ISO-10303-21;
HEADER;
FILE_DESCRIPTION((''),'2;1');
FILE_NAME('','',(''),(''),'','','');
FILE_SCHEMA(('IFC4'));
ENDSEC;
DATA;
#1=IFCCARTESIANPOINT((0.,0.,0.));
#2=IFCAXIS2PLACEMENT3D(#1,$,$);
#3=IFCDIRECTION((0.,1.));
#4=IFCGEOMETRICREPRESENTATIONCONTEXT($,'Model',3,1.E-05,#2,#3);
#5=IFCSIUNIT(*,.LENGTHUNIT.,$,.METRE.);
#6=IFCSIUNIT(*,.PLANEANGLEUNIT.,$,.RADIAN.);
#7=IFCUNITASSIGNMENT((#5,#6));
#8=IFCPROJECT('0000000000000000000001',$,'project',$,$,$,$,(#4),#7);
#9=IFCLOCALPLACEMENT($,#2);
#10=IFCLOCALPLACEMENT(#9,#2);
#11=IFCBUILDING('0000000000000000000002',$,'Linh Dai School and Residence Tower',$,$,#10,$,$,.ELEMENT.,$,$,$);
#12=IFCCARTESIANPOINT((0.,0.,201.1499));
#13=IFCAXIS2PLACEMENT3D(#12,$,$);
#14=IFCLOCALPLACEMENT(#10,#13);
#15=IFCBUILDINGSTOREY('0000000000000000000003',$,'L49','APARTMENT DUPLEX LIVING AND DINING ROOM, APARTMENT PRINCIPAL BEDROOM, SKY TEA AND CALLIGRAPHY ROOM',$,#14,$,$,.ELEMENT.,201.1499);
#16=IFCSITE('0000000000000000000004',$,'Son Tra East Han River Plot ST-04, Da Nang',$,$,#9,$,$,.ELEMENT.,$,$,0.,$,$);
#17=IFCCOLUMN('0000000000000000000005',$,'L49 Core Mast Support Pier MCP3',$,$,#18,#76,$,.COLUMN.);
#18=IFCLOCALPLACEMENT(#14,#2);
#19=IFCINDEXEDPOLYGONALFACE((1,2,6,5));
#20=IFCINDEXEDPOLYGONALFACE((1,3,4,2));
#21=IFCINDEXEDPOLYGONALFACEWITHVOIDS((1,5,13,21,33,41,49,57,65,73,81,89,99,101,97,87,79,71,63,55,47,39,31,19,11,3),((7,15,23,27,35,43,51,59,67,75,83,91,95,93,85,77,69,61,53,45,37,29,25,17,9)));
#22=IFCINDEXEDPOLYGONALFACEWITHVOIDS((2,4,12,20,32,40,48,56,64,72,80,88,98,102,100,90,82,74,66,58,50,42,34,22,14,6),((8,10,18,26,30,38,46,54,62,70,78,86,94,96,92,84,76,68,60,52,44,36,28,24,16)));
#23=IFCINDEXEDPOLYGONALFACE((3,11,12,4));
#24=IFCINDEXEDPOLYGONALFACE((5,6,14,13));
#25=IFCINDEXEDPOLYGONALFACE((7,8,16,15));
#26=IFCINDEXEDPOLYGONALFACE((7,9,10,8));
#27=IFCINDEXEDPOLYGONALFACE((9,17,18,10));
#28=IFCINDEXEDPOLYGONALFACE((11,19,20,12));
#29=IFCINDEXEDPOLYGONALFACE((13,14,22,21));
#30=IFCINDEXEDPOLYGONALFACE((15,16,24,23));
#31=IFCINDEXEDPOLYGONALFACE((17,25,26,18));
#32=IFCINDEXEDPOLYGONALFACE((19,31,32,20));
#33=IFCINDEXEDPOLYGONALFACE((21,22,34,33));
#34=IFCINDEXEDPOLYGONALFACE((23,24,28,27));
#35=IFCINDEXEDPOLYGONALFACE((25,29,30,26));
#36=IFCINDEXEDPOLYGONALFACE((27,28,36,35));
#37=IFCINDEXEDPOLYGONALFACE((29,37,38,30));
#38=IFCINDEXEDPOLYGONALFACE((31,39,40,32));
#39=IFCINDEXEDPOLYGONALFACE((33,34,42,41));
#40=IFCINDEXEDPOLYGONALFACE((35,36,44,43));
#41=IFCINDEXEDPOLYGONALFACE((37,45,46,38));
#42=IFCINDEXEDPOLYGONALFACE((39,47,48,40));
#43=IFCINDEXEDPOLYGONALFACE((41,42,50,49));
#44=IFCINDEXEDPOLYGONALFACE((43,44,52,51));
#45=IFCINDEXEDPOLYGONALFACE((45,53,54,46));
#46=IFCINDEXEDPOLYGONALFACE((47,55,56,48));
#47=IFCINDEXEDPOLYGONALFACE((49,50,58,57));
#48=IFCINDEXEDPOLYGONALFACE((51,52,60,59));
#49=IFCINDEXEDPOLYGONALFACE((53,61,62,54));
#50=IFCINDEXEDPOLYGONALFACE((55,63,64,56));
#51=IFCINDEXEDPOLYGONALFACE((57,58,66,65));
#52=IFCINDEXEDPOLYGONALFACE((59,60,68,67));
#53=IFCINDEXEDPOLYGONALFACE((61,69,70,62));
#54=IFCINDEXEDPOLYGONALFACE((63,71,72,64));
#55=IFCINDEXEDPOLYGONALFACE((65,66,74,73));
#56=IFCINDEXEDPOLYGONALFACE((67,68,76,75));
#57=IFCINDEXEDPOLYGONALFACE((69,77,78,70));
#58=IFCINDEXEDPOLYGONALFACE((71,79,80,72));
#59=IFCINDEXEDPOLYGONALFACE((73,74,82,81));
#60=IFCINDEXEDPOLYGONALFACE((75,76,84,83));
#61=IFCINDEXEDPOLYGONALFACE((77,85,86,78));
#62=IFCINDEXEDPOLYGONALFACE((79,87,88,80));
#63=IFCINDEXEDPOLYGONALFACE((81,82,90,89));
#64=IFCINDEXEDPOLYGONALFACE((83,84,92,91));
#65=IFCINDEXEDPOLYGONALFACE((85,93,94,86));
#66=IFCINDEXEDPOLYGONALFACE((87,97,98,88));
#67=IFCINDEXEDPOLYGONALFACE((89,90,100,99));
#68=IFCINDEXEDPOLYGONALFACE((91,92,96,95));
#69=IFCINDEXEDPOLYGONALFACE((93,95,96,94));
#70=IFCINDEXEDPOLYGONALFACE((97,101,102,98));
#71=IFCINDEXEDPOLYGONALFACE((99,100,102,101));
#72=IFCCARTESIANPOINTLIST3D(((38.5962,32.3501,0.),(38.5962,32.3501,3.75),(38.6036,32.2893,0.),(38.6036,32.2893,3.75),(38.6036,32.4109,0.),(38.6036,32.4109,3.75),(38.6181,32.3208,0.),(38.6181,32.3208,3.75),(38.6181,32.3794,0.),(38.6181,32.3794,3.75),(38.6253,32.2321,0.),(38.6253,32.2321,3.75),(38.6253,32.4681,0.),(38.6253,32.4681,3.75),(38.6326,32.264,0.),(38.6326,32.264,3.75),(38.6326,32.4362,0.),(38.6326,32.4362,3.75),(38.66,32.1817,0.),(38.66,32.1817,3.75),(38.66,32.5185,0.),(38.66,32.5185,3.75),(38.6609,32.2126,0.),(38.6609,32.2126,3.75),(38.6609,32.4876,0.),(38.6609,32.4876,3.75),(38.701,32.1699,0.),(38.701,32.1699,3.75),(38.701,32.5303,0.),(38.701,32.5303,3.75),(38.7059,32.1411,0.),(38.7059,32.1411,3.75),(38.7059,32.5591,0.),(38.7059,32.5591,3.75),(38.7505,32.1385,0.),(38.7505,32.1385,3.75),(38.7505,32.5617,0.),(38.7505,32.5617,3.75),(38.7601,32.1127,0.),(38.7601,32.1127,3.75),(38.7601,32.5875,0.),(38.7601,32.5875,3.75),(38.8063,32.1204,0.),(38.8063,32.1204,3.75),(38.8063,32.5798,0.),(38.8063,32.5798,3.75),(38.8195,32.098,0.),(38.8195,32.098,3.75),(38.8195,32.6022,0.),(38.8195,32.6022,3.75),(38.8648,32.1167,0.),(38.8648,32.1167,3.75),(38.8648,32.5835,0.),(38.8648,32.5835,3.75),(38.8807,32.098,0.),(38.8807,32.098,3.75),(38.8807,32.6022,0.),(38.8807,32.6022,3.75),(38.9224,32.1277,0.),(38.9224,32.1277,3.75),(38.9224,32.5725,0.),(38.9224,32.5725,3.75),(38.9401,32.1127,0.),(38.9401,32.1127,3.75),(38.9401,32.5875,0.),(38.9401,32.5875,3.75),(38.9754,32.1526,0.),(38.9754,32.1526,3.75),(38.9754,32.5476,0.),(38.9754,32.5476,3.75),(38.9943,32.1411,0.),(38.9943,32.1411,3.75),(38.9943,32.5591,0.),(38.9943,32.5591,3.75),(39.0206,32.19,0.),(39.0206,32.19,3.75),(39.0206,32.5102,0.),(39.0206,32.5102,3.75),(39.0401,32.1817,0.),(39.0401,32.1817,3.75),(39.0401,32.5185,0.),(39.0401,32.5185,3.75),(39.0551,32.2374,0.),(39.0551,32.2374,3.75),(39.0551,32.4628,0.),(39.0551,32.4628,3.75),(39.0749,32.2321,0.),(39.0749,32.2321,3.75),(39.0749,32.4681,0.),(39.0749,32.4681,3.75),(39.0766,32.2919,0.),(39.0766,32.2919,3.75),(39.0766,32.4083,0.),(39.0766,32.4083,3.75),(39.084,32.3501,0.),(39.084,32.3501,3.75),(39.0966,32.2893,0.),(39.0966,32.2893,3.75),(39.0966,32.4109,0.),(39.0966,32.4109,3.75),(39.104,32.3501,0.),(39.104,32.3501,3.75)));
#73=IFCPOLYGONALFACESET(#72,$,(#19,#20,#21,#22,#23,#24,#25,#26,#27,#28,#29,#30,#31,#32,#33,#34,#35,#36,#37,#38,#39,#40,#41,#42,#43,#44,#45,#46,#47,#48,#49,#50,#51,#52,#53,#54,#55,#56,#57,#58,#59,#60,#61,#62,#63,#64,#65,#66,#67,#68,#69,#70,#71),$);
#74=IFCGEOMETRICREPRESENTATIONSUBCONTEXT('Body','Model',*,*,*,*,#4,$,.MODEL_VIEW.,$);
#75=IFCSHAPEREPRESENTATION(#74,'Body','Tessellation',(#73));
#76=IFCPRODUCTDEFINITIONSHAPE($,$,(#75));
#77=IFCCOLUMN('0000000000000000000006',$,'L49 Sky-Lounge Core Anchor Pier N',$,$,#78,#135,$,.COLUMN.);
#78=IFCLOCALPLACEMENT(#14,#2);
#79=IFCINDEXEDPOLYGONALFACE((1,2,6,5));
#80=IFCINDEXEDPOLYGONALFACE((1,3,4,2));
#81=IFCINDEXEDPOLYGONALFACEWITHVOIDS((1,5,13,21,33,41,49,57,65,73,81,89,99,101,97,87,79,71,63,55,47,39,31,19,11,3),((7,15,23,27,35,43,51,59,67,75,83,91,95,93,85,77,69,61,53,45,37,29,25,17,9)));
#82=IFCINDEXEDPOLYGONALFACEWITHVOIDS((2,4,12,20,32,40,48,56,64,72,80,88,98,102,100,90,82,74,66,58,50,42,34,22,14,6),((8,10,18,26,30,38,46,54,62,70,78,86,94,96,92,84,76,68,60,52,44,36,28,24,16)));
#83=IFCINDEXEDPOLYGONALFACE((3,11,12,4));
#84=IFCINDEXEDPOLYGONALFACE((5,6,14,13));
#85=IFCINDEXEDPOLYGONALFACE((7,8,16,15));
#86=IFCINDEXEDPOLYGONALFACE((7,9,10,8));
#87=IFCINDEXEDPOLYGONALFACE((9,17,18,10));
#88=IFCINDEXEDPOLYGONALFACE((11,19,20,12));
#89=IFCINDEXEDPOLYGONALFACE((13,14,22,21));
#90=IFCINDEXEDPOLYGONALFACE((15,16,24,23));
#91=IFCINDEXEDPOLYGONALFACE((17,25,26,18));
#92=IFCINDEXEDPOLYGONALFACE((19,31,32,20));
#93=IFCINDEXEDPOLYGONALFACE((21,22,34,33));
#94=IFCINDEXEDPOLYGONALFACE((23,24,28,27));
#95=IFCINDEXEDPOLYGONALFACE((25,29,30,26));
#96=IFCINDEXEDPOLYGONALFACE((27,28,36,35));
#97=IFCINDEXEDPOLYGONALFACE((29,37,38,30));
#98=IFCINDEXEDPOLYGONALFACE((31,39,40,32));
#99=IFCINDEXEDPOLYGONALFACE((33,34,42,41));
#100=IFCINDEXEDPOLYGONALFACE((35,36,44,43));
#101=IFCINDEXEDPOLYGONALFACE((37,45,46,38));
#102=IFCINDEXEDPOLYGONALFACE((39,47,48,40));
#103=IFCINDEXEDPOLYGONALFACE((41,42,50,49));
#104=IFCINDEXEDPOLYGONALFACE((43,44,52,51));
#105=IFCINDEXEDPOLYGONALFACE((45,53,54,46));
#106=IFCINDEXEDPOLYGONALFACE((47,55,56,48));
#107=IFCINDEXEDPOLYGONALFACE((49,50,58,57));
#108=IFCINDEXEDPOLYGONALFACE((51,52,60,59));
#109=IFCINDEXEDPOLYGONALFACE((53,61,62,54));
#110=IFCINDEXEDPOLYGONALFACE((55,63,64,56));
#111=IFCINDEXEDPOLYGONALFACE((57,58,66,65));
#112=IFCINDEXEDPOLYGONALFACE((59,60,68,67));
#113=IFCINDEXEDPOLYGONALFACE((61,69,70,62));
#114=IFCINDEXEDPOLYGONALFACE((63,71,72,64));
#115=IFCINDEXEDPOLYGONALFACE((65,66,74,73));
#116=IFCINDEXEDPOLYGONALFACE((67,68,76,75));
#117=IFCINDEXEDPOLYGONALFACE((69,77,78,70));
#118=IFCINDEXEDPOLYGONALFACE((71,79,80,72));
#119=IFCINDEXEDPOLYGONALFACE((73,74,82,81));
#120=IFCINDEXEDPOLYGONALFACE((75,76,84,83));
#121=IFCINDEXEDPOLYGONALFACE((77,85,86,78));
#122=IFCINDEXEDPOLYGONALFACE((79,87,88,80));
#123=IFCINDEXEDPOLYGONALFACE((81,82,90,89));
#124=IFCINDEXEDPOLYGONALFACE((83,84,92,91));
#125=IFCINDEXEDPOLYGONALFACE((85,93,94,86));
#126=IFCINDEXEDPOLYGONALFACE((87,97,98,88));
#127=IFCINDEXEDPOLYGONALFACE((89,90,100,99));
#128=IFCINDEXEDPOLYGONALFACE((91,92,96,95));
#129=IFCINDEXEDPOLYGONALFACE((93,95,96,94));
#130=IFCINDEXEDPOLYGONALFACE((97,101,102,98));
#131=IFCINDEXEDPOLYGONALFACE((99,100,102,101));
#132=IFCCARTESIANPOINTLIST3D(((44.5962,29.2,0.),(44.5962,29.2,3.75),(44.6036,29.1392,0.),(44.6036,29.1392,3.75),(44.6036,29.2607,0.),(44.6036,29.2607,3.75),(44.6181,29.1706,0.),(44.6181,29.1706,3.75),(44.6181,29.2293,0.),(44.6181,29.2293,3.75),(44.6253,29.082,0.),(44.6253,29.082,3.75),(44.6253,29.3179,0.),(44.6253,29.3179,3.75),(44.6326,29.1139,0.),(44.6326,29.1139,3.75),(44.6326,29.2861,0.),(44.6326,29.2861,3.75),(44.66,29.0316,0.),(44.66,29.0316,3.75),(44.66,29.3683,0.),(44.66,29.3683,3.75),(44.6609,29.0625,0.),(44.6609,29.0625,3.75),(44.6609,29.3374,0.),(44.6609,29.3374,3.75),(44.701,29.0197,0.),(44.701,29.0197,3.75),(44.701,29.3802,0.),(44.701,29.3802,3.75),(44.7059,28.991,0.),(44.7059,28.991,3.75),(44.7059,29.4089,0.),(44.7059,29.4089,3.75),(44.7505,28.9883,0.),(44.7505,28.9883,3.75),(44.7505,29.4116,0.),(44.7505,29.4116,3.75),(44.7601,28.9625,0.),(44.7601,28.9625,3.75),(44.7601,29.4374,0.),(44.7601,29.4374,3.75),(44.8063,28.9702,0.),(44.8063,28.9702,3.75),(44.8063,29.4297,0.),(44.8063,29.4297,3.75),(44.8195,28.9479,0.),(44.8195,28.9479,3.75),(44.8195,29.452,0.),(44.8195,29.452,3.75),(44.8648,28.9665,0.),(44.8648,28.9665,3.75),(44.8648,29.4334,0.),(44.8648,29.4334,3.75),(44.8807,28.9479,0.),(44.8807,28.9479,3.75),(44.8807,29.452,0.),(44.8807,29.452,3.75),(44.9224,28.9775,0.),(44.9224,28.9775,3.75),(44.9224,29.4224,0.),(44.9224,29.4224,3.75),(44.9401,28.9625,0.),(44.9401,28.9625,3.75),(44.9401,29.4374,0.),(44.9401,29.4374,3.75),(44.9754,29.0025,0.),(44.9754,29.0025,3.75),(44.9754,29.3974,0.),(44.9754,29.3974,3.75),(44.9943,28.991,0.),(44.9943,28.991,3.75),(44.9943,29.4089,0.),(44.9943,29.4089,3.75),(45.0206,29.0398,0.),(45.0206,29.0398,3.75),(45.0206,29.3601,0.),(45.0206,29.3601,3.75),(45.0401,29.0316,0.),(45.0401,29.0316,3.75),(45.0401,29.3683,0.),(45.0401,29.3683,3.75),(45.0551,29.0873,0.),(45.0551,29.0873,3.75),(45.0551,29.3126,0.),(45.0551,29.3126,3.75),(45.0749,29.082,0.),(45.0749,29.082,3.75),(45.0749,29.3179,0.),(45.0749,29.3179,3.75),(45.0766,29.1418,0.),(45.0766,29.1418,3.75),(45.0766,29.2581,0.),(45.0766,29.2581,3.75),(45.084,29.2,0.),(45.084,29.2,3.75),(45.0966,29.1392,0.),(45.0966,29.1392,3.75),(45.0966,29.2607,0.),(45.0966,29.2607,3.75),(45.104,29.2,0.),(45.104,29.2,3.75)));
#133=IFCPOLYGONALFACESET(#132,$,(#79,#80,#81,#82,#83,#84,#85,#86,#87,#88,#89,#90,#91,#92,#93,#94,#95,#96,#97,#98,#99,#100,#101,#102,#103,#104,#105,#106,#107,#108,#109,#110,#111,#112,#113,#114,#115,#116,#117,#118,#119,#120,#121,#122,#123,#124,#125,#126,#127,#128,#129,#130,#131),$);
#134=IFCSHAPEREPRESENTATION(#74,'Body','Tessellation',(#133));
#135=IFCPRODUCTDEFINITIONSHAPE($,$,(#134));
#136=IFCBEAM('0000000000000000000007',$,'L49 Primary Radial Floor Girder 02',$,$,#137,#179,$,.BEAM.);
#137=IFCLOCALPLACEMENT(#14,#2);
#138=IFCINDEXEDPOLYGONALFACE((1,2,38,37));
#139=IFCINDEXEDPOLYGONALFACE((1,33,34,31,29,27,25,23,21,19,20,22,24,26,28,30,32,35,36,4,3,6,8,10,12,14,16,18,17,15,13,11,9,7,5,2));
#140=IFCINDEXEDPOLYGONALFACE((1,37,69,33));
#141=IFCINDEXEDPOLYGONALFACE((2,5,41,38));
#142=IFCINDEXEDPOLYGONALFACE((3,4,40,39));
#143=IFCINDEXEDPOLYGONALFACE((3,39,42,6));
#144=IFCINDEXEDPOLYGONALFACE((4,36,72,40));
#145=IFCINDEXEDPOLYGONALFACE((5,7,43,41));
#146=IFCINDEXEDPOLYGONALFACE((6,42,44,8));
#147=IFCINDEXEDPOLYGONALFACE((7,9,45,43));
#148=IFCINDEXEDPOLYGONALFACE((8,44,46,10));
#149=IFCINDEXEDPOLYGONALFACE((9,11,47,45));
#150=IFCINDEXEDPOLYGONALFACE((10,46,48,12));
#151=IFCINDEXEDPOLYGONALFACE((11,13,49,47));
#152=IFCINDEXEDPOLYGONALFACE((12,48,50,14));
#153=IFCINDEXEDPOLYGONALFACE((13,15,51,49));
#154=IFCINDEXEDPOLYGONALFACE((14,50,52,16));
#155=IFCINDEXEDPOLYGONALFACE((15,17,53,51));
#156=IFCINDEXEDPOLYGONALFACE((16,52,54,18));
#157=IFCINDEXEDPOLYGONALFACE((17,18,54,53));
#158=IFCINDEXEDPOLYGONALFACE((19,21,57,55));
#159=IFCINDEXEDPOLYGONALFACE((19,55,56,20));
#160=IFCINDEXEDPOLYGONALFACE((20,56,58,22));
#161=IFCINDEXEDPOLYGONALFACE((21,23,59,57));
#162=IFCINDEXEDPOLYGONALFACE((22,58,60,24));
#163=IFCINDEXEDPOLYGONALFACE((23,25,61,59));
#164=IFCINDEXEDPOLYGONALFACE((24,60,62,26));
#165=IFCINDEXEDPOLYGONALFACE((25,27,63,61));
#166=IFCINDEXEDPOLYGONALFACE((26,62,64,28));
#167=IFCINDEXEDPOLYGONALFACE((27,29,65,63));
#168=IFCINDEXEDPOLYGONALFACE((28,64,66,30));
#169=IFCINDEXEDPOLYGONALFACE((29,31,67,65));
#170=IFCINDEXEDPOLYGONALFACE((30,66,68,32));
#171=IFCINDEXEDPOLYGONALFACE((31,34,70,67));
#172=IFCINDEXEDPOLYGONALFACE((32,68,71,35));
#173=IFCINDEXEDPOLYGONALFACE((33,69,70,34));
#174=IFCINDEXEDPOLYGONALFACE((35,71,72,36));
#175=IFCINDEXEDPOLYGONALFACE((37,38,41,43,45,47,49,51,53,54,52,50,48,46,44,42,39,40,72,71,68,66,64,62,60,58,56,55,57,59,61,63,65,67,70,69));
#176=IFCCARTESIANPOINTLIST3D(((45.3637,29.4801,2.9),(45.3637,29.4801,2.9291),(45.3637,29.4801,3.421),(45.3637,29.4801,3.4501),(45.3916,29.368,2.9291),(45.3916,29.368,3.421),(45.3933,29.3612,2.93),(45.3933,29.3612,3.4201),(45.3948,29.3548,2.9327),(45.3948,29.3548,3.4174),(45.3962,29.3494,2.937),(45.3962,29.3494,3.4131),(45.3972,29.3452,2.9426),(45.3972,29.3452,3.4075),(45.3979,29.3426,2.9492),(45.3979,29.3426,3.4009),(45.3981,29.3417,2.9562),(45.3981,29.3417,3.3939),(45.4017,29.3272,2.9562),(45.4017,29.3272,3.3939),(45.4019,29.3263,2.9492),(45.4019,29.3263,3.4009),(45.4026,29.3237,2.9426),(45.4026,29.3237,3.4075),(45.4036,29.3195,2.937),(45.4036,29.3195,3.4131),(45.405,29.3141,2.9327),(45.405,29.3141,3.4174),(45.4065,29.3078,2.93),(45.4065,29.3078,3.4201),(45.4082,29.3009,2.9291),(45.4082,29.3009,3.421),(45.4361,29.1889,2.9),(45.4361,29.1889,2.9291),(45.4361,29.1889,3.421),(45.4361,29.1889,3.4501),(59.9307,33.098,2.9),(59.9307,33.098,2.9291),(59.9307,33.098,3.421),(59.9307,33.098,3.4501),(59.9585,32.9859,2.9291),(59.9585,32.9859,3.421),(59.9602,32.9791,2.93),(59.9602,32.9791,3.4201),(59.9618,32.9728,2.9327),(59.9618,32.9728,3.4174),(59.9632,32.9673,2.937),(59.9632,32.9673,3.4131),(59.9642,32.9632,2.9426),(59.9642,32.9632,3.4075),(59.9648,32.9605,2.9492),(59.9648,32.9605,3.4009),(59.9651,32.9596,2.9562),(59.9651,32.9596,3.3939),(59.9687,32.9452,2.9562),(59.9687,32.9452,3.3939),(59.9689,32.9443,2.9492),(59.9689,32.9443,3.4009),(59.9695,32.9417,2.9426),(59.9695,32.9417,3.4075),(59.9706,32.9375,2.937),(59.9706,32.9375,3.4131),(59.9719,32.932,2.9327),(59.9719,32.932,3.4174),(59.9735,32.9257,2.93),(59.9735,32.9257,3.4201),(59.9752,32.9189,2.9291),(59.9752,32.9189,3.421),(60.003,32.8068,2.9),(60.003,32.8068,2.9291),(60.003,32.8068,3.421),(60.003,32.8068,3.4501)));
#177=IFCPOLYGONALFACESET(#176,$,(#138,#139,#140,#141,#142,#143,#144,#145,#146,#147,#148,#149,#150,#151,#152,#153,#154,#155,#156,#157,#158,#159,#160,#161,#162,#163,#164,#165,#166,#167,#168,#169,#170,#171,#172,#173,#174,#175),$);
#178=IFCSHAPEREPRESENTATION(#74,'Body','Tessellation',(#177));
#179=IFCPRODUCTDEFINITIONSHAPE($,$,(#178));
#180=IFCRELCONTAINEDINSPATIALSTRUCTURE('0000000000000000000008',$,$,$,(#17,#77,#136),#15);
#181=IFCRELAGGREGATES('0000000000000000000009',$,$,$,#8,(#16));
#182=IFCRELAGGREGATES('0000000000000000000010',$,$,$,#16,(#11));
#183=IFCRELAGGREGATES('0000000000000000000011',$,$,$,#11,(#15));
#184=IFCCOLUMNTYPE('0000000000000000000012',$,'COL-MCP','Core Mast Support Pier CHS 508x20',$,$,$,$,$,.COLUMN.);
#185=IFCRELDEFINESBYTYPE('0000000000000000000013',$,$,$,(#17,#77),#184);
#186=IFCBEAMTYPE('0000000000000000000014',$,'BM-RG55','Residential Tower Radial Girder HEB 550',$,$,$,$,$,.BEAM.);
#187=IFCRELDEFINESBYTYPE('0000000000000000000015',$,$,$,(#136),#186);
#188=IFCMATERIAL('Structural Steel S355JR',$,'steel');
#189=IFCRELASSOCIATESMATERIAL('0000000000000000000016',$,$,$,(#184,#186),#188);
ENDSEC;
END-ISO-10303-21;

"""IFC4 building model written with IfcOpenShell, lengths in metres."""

from ifc_helpers import new_model, si_unit, direction, frame, origin, origin_2d, place, context, subcontext, project, spatial, hollow_circle, i_section, extrude, material, material_profile, profile_set, type_object, element, save


model = new_model("IFC4")

# Units and contexts
model_context = context("Model", 3, precision=1e-05, world=origin(), true_north=direction((0.0, 1.0)))
body_context = subcontext(model_context, "Body", "Model", "MODEL_VIEW")
ifc_project = project(units=[si_unit("LENGTHUNIT", "METRE"), si_unit("PLANEANGLEUNIT", "RADIAN")], contexts=[model_context])

# Site, building, storey
site_placement = place(None, origin())
site = spatial("IfcSite", under=ifc_project, at=site_placement, Name="Son Tra East Han River Plot ST-04, Da Nang", CompositionType="ELEMENT", RefElevation=0.0)
building_placement = place(site_placement, origin())
building = spatial("IfcBuilding", under=site, at=building_placement, Name="Linh Dai School and Residence Tower", CompositionType="ELEMENT")
storey_placement = place(building_placement, frame((0.0, 0.0, 201.1499)))
storey = spatial("IfcBuildingStorey", under=building, at=storey_placement, Name="L49", Description="APARTMENT DUPLEX LIVING AND DINING ROOM, APARTMENT PRINCIPAL BEDROOM, SKY TEA AND CALLIGRAPHY ROOM", CompositionType="ELEMENT", Elevation=201.1499)

# Columns
ifc_material_1 = material(Name="Structural Steel S355JR", Category="steel")
ifc_material_profile_1 = material_profile(ifc_material_1, hollow_circle(Radius=0.2539, WallThickness=0.02, at=origin_2d()), Name="CHS 508x20")
ifc_profile_set_1 = profile_set([ifc_material_profile_1], Name="Structural Steel S355JR")
column_type_1 = type_object("IfcColumnType", Name="COL-MCP", Description="Core Mast Support Pier CHS 508x20", PredefinedType="COLUMN", material=ifc_profile_set_1)
for number, where, z_axis, x_axis, name in (
    (1, (38.8501, 32.3501, 0.0), (0.0, 0.0, 1.0), (1.0, 0.0, 0.0), "L49 Core Mast Support Pier MCP3"),
    (2, (44.8501, 29.2, 0.0), (0.0, 0.0, 1.0), (1.0, 0.0, 0.0), "L49 Sky-Lounge Core Anchor Pier N"),
):
    element("IfcColumn", number, at=place(storey_placement, frame(where, z_axis=z_axis, x_axis=x_axis)), inside=storey, type_object=column_type_1, Name=name, PredefinedType="COLUMN", context=body_context, shape_type="SweptSolid", body=[
        extrude(hollow_circle(Radius=0.2539, WallThickness=0.02, at=origin_2d()), origin(), (0.0, 0.0, 1.0), 3.75),
    ])

# Beam
ifc_material_profile_2 = material_profile(ifc_material_1, i_section(OverallWidth=0.3, OverallDepth=0.55, WebThickness=0.0149, FlangeThickness=0.0291, FilletRadius=0.0271, at=origin_2d()), Name="HEB 550")
ifc_profile_set_2 = profile_set([ifc_material_profile_2], Name="Structural Steel S355JR")
beam_type_1 = type_object("IfcBeamType", Name="BM-RG55", Description="Residential Tower Radial Girder HEB 550", PredefinedType="BEAM", material=ifc_profile_set_2)
beam_1_placement = place(storey_placement, frame((45.3999, 29.3345, 3.175), z_axis=(0.970515, 0.241043, 0.0), x_axis=(-0.241043, 0.970515, 0.0)))
element("IfcBeam", 3, at=beam_1_placement, inside=storey, type_object=beam_type_1, Name="L49 Primary Radial Floor Girder 02", PredefinedType="BEAM", context=body_context, shape_type="SweptSolid", body=[
    extrude(i_section(OverallWidth=0.3, OverallDepth=0.55, WebThickness=0.0149, FlangeThickness=0.0291, FilletRadius=0.0271, at=origin_2d()), origin(), (0.0, 0.0, 1.0), 15.0095),
])

save(model, "model.ifc")
